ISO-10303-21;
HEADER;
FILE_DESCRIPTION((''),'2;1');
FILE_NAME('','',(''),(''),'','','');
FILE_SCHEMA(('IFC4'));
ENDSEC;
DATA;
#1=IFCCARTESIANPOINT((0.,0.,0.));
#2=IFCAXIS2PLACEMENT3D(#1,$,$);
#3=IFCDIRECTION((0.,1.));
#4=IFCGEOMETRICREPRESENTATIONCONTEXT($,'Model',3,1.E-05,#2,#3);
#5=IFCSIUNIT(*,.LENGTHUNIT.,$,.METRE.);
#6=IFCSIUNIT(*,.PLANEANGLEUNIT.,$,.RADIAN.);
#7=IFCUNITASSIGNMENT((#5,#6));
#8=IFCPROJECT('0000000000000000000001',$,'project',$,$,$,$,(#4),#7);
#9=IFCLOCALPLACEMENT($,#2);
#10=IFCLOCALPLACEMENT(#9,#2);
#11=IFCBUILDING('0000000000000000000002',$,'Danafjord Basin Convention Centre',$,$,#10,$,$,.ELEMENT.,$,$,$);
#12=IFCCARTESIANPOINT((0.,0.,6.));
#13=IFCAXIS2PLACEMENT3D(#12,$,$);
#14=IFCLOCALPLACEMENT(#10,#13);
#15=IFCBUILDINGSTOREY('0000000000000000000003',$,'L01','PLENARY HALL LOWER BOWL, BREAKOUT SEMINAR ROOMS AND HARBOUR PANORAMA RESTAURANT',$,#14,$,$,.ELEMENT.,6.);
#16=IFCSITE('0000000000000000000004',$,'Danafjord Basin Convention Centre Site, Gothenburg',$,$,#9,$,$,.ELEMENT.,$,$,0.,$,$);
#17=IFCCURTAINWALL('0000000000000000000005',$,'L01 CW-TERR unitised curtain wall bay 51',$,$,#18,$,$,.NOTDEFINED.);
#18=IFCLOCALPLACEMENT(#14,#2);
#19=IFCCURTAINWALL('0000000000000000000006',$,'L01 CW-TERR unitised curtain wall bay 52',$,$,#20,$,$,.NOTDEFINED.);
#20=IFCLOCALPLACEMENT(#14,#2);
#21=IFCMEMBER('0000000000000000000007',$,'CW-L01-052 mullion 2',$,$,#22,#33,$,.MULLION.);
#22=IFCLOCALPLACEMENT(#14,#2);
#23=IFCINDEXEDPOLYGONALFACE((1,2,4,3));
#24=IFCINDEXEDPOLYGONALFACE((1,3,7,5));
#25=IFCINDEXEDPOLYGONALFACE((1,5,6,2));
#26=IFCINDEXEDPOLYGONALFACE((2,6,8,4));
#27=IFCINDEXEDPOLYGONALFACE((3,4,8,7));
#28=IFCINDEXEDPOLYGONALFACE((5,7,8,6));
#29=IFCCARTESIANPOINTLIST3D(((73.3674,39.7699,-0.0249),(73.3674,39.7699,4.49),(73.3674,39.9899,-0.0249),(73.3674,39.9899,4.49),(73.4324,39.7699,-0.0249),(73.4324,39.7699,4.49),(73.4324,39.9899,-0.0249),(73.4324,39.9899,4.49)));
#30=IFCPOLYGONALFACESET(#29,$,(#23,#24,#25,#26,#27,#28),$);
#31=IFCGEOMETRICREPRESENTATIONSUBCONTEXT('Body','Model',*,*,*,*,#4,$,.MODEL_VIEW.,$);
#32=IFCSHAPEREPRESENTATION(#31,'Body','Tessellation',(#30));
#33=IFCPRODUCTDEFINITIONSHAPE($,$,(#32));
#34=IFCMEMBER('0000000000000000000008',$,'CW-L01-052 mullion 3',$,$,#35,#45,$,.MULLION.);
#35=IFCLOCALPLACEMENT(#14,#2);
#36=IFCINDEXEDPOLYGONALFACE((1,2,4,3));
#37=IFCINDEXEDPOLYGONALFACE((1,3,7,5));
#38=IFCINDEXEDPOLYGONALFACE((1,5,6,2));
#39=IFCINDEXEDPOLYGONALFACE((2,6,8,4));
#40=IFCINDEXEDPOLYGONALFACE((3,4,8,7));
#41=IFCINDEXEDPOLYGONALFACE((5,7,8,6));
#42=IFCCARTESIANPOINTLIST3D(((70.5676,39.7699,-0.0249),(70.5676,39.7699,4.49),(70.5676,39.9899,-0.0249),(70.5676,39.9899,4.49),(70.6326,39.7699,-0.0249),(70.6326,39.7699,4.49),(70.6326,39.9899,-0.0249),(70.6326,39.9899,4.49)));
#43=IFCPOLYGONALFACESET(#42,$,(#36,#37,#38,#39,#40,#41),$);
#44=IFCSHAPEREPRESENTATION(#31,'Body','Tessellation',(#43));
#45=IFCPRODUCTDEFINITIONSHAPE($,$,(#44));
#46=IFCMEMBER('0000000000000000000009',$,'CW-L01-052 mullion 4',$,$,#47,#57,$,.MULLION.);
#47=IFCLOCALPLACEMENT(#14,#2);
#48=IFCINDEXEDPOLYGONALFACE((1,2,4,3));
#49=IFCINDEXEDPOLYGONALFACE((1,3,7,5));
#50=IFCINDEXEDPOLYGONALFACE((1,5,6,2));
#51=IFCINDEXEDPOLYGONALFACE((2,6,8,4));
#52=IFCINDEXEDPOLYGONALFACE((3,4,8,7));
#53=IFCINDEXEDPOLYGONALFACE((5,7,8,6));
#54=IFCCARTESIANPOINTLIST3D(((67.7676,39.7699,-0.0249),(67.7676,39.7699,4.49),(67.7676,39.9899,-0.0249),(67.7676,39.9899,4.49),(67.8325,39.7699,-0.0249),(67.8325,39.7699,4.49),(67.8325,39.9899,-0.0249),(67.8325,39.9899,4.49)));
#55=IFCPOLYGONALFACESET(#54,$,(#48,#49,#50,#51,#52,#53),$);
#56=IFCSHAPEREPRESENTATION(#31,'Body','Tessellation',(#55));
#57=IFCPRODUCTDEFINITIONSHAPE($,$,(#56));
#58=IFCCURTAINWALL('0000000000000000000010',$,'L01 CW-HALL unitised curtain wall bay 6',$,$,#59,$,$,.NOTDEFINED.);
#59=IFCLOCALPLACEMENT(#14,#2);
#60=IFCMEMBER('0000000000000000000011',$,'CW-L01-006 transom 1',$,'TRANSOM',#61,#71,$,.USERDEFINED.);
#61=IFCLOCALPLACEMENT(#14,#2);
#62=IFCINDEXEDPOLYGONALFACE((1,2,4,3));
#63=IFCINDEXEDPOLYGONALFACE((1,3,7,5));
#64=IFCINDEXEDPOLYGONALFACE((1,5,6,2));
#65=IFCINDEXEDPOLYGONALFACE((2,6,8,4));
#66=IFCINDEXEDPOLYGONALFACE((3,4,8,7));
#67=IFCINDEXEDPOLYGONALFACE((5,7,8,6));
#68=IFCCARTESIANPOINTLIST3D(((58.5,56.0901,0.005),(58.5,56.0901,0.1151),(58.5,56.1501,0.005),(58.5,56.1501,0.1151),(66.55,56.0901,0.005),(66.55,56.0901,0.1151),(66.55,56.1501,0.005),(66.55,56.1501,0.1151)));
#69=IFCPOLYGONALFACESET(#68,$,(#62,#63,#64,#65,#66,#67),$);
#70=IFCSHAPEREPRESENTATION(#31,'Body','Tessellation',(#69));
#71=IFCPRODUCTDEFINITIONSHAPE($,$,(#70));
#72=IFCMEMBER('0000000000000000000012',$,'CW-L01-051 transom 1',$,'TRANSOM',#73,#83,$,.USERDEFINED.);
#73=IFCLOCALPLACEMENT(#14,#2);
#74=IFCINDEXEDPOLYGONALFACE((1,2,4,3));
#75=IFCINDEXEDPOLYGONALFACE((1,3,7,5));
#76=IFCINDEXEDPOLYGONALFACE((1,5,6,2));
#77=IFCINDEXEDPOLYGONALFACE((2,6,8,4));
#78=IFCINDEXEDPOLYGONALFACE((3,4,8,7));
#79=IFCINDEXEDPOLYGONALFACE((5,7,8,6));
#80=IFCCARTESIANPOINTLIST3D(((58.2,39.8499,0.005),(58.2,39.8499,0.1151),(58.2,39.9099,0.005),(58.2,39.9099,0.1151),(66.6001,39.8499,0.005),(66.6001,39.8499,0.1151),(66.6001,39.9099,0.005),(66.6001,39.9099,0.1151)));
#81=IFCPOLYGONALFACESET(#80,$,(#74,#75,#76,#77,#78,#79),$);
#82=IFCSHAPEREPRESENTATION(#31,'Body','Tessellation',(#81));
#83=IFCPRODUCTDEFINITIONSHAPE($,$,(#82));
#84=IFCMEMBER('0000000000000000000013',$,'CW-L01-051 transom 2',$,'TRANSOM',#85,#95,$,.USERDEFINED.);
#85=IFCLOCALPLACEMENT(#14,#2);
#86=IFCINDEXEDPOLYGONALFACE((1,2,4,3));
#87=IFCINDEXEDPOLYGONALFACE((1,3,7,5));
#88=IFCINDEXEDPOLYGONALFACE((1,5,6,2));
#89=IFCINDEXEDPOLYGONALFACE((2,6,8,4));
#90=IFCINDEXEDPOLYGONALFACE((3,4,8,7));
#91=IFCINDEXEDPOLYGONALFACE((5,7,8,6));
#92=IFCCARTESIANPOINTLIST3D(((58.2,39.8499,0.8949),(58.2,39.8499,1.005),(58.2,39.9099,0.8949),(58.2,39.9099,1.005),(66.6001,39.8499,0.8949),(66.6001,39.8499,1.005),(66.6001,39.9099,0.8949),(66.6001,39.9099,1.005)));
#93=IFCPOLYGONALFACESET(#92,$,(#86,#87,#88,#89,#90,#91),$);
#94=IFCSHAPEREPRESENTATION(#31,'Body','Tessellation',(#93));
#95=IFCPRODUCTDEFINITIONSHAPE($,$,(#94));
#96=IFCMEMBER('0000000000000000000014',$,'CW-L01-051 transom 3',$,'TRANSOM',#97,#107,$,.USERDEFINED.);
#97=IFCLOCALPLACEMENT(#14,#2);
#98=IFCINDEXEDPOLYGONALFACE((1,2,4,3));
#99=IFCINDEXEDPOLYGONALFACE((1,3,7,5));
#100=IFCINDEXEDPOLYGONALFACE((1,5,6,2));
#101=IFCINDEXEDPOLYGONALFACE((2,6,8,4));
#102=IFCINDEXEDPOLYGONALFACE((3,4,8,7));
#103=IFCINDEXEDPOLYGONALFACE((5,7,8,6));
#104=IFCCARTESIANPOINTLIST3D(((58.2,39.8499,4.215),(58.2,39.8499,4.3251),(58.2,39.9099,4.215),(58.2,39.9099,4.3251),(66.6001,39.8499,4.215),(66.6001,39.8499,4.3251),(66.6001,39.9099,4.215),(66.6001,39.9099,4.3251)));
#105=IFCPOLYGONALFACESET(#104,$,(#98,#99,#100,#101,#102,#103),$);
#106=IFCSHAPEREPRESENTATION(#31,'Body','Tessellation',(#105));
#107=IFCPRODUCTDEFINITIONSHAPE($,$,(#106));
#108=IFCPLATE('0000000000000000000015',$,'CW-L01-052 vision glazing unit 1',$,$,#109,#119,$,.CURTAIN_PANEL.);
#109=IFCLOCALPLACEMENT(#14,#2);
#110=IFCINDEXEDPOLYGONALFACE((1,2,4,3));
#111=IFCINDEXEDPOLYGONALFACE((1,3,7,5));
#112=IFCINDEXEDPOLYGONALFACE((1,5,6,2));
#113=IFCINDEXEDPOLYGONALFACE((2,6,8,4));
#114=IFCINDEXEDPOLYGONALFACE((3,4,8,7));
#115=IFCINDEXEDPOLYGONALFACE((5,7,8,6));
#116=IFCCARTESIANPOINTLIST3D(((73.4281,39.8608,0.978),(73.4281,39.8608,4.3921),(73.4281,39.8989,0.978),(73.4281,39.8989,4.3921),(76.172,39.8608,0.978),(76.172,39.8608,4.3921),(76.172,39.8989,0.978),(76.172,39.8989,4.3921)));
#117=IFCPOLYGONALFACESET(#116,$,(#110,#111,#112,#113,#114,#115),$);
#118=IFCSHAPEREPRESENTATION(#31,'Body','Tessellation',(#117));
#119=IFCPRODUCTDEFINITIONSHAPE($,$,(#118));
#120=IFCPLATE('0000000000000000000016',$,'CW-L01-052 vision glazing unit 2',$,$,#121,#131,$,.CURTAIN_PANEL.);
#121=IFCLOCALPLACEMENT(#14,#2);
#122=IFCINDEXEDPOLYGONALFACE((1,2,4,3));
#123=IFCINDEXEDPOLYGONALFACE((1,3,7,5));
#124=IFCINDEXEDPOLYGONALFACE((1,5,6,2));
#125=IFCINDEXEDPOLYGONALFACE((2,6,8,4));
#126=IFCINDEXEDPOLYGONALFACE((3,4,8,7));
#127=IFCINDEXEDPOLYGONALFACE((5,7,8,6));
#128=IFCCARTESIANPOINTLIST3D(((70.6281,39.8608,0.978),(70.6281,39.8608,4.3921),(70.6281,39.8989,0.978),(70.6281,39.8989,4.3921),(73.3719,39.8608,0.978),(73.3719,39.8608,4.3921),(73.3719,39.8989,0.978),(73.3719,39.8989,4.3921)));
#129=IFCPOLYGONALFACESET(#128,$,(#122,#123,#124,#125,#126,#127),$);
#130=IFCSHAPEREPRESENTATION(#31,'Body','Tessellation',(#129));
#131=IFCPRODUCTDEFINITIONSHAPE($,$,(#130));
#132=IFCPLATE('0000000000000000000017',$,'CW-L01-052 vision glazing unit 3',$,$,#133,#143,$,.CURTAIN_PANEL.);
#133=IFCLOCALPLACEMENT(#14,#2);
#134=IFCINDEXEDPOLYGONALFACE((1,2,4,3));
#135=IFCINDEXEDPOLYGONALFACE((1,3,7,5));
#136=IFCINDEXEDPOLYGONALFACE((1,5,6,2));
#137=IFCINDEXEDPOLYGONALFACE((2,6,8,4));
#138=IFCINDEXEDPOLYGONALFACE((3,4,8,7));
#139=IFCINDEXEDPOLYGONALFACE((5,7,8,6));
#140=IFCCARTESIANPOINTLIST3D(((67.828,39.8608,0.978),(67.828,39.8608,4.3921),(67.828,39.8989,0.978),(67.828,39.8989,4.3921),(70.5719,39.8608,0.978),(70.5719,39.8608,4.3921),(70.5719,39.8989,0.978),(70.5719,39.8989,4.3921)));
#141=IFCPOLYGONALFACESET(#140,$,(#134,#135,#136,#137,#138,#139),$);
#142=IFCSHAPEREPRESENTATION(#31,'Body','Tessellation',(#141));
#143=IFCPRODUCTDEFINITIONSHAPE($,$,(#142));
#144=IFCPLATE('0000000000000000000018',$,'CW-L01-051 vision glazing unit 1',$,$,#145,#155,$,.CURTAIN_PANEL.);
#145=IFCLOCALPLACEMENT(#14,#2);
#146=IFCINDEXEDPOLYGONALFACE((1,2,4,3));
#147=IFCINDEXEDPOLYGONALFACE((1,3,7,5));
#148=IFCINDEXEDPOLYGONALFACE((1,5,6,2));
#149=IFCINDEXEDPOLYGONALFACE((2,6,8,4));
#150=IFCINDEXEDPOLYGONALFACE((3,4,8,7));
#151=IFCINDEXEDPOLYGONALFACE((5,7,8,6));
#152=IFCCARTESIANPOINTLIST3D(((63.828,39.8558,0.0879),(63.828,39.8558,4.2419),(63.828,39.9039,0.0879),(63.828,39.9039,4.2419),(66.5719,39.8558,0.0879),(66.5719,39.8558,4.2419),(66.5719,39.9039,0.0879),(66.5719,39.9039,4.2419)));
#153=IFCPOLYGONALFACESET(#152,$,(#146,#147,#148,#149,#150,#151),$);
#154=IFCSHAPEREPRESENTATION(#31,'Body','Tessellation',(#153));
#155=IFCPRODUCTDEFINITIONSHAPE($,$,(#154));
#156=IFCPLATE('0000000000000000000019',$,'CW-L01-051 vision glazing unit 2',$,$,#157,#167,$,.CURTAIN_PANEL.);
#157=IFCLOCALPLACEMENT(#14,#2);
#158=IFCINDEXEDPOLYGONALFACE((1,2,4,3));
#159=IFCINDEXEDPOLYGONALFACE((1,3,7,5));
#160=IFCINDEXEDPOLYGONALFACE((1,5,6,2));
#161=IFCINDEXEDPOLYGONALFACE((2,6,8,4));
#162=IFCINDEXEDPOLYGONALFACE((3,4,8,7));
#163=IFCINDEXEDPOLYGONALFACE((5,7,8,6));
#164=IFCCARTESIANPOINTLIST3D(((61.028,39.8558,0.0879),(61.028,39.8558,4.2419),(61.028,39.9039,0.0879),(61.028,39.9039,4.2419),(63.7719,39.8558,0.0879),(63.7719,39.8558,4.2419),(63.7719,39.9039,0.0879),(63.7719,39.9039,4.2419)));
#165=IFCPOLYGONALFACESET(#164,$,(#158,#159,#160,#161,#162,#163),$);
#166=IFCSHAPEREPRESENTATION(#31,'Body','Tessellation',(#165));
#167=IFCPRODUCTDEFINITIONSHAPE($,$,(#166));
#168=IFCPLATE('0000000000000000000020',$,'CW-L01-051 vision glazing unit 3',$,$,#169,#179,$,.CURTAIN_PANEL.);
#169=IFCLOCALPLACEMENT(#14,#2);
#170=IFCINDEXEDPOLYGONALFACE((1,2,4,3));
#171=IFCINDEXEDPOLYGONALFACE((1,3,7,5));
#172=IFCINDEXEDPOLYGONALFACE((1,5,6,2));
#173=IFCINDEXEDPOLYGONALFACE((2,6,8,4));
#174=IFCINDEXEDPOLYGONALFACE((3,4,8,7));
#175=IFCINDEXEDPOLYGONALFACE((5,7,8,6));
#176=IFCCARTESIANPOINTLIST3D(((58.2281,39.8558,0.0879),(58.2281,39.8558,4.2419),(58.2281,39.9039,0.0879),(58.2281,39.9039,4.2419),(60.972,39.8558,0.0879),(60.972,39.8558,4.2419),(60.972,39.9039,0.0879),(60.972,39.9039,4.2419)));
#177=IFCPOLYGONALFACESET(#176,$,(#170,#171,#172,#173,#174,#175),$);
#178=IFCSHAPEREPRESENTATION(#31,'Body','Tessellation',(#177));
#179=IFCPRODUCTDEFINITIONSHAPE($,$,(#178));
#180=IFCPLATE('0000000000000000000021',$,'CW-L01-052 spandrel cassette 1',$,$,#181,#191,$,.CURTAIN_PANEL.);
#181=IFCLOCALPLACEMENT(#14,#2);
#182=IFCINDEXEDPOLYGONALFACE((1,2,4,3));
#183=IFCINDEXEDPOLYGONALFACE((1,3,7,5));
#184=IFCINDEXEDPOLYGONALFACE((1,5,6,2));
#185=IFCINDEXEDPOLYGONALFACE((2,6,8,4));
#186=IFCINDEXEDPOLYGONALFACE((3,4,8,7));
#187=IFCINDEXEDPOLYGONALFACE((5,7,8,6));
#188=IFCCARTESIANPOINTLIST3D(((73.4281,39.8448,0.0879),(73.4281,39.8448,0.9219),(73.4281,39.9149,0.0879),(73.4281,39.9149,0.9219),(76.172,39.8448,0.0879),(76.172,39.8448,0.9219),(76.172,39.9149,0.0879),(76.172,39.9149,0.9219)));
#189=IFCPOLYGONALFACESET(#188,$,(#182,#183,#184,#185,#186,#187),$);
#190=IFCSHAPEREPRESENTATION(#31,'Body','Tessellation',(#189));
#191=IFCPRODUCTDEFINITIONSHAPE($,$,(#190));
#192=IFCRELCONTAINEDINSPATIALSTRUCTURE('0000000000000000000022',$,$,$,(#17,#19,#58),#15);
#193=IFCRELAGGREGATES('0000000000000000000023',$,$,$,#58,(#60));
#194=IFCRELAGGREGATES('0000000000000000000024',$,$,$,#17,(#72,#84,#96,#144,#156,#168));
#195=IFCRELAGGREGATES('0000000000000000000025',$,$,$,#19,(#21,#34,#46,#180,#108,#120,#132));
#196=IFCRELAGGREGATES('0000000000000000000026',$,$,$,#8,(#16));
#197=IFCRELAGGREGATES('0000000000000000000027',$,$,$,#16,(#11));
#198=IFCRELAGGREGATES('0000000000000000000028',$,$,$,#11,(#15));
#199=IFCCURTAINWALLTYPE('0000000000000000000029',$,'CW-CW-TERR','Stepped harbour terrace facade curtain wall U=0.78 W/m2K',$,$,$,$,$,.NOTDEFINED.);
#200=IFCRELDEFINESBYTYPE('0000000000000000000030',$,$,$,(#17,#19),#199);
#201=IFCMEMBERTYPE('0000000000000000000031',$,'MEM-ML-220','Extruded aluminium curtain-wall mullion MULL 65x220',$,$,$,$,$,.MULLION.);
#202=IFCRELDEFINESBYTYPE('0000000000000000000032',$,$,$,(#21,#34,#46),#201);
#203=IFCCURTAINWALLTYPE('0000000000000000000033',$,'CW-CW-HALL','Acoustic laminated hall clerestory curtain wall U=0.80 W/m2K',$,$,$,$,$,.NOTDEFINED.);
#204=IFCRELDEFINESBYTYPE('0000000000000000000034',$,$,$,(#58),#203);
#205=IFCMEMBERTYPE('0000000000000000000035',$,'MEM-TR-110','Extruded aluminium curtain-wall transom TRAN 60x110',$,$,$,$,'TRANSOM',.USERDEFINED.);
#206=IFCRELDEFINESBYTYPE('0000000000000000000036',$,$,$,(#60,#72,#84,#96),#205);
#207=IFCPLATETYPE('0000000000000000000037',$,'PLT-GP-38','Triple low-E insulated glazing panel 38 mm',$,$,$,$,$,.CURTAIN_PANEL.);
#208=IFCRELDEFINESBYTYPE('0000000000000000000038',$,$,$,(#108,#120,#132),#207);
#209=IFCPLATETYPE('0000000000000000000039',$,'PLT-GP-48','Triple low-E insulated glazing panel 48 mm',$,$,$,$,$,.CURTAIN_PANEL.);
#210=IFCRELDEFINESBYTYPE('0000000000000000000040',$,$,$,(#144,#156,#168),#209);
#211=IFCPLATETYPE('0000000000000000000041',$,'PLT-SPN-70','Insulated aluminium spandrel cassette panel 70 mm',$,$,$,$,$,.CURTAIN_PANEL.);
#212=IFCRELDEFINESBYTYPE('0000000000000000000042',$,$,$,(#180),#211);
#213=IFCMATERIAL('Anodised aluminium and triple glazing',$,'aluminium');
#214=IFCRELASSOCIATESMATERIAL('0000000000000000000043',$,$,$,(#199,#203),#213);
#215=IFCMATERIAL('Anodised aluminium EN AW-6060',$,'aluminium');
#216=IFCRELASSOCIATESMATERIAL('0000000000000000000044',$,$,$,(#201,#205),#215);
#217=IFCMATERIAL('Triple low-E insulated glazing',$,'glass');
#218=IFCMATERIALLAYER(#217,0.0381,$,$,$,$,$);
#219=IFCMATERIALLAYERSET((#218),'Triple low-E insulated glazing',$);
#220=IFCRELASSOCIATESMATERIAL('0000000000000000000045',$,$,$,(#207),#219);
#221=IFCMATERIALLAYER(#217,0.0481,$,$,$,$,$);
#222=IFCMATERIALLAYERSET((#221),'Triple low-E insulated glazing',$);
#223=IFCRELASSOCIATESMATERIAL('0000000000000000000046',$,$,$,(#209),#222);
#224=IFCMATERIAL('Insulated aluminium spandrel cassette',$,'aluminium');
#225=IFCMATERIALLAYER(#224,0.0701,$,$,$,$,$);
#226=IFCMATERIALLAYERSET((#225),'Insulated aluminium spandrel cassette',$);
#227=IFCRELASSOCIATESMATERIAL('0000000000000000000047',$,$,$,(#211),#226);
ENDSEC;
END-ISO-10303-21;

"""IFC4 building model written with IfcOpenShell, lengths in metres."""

from ifc_helpers import new_model, si_unit, direction, frame, origin, origin_2d, place, context, subcontext, project, spatial, rectangle, extrude, material, layer, layer_set, material_profile, profile_set, type_object, element, aggregate, save


model = new_model("IFC4")

# Units and contexts
model_context = context("Model", 3, precision=1e-05, world=origin(), true_north=direction((0.0, 1.0)))
body_context = subcontext(model_context, "Body", "Model", "MODEL_VIEW")
ifc_project = project(units=[si_unit("LENGTHUNIT", "METRE"), si_unit("PLANEANGLEUNIT", "RADIAN")], contexts=[model_context])

# Site, building, storey
site_placement = place(None, origin())
site = spatial("IfcSite", under=ifc_project, at=site_placement, Name="Danafjord Basin Convention Centre Site, Gothenburg", CompositionType="ELEMENT", RefElevation=0.0)
building_placement = place(site_placement, origin())
building = spatial("IfcBuilding", under=site, at=building_placement, Name="Danafjord Basin Convention Centre", CompositionType="ELEMENT")
storey_placement = place(building_placement, frame((0.0, 0.0, 6.0)))
storey = spatial("IfcBuildingStorey", under=building, at=storey_placement, Name="L01", Description="PLENARY HALL LOWER BOWL, BREAKOUT SEMINAR ROOMS AND HARBOUR PANORAMA RESTAURANT", CompositionType="ELEMENT", Elevation=6.0)

# Curtain walls, members
ifc_material_1 = material(Name="Anodised aluminium and triple glazing", Category="aluminium")
curtain_wall_type_1 = type_object("IfcCurtainWallType", Name="CW-CW-TERR", Description="Stepped harbour terrace facade curtain wall U=0.78 W/m2K", PredefinedType="NOTDEFINED", material=ifc_material_1)
curtain_wall_1_placement = place(storey_placement, origin())
curtain_wall_1 = element("IfcCurtainWall", 1, at=curtain_wall_1_placement, inside=storey, type_object=curtain_wall_type_1, Name="L01 CW-TERR unitised curtain wall bay 51", PredefinedType="NOTDEFINED")
ifc_material_2 = material(Name="Anodised aluminium EN AW-6060", Category="aluminium")
curtain_wall_2_placement = place(storey_placement, origin())
curtain_wall_2 = element("IfcCurtainWall", 2, at=curtain_wall_2_placement, inside=storey, type_object=curtain_wall_type_1, Name="L01 CW-TERR unitised curtain wall bay 52", PredefinedType="NOTDEFINED")
ifc_material_profile_1 = material_profile(ifc_material_2, rectangle(XDim=0.0649, YDim=0.22, at=origin_2d()), Name="MULL 65x220")
ifc_profile_set_1 = profile_set([ifc_material_profile_1], Name="Anodised aluminium EN AW-6060")
member_type_1 = type_object("IfcMemberType", Name="MEM-ML-220", Description="Extruded aluminium curtain-wall mullion MULL 65x220", PredefinedType="MULLION", material=ifc_profile_set_1)
member_1_placement = place(storey_placement, frame((73.3999, 39.8799, -0.0249), z_axis=(0.0, 0.0, 1.0), x_axis=(-1.0, 0.0, 0.0)))
member_1 = element("IfcMember", 3, at=member_1_placement, type_object=member_type_1, Name="CW-L01-052 mullion 2", PredefinedType="MULLION", context=body_context, shape_type="SweptSolid", body=[
    extrude(rectangle(XDim=0.0649, YDim=0.22, at=origin_2d()), origin(), (0.0, 0.0, 1.0), 4.5149),
])
member_2_placement = place(storey_placement, frame((70.6001, 39.8799, -0.0249), z_axis=(0.0, 0.0, 1.0), x_axis=(-1.0, 0.0, 0.0)))
member_2 = element("IfcMember", 4, at=member_2_placement, type_object=member_type_1, Name="CW-L01-052 mullion 3", PredefinedType="MULLION", context=body_context, shape_type="SweptSolid", body=[
    extrude(rectangle(XDim=0.0649, YDim=0.22, at=origin_2d()), origin(), (0.0, 0.0, 1.0), 4.5149),
])
member_3_placement = place(storey_placement, frame((67.8, 39.8799, -0.0249), z_axis=(0.0, 0.0, 1.0), x_axis=(-1.0, 0.0, 0.0)))
member_3 = element("IfcMember", 5, at=member_3_placement, type_object=member_type_1, Name="CW-L01-052 mullion 4", PredefinedType="MULLION", context=body_context, shape_type="SweptSolid", body=[
    extrude(rectangle(XDim=0.0649, YDim=0.22, at=origin_2d()), origin(), (0.0, 0.0, 1.0), 4.5149),
])

# Curtain wall, member
curtain_wall_type_2 = type_object("IfcCurtainWallType", Name="CW-CW-HALL", Description="Acoustic laminated hall clerestory curtain wall U=0.80 W/m2K", PredefinedType="NOTDEFINED", material=ifc_material_1)
curtain_wall_3_placement = place(storey_placement, origin())
curtain_wall_3 = element("IfcCurtainWall", 6, at=curtain_wall_3_placement, inside=storey, type_object=curtain_wall_type_2, Name="L01 CW-HALL unitised curtain wall bay 6", PredefinedType="NOTDEFINED")
ifc_material_profile_2 = material_profile(ifc_material_2, rectangle(XDim=0.0601, YDim=0.1101, at=origin_2d()), Name="TRAN 60x110")
ifc_profile_set_2 = profile_set([ifc_material_profile_2], Name="Anodised aluminium EN AW-6060")
member_type_2 = type_object("IfcMemberType", Name="MEM-TR-110", Description="Extruded aluminium curtain-wall transom TRAN 60x110", ElementType="TRANSOM", PredefinedType="USERDEFINED", material=ifc_profile_set_2)
member_4_placement = place(storey_placement, frame((58.5, 56.1201, 0.0601), z_axis=(1.0, 0.0, 0.0), x_axis=(0.0, 1.0, 0.0)))
member_4 = element("IfcMember", 7, at=member_4_placement, type_object=member_type_2, Name="CW-L01-006 transom 1", ObjectType="TRANSOM", PredefinedType="USERDEFINED", context=body_context, shape_type="SweptSolid", body=[
    extrude(rectangle(XDim=0.0601, YDim=0.1101, at=origin_2d()), origin(), (0.0, 0.0, 1.0), 8.05),
])
aggregate(curtain_wall_3, [member_4])

# Members
member_5_placement = place(storey_placement, frame((66.6001, 39.8799, 0.0601), z_axis=(-1.0, 0.0, 0.0), x_axis=(0.0, -1.0, 0.0)))
member_5 = element("IfcMember", 8, at=member_5_placement, type_object=member_type_2, Name="CW-L01-051 transom 1", ObjectType="TRANSOM", PredefinedType="USERDEFINED", context=body_context, shape_type="SweptSolid", body=[
    extrude(rectangle(XDim=0.0601, YDim=0.1101, at=origin_2d()), origin(), (0.0, 0.0, 1.0), 8.4001),
])
member_6_placement = place(storey_placement, frame((66.6001, 39.8799, 0.95), z_axis=(-1.0, 0.0, 0.0), x_axis=(0.0, -1.0, 0.0)))
member_6 = element("IfcMember", 9, at=member_6_placement, type_object=member_type_2, Name="CW-L01-051 transom 2", ObjectType="TRANSOM", PredefinedType="USERDEFINED", context=body_context, shape_type="SweptSolid", body=[
    extrude(rectangle(XDim=0.0601, YDim=0.1101, at=origin_2d()), origin(), (0.0, 0.0, 1.0), 8.4001),
])
member_7_placement = place(storey_placement, frame((66.6001, 39.8799, 4.27), z_axis=(-1.0, 0.0, 0.0), x_axis=(0.0, -1.0, 0.0)))
member_7 = element("IfcMember", 10, at=member_7_placement, type_object=member_type_2, Name="CW-L01-051 transom 3", ObjectType="TRANSOM", PredefinedType="USERDEFINED", context=body_context, shape_type="SweptSolid", body=[
    extrude(rectangle(XDim=0.0601, YDim=0.1101, at=origin_2d()), origin(), (0.0, 0.0, 1.0), 8.4001),
])

# Plates
ifc_material_3 = material(Name="Triple low-E insulated glazing", Category="glass")
ifc_layer_1 = layer(ifc_material_3, 0.0381)
ifc_layer_set_1 = layer_set([ifc_layer_1], Name="Triple low-E insulated glazing")
plate_type_1 = type_object("IfcPlateType", Name="PLT-GP-38", Description="Triple low-E insulated glazing panel 38 mm", PredefinedType="CURTAIN_PANEL", material=ifc_layer_set_1)
plate_1_placement = place(storey_placement, frame((74.8, 39.8799, 0.978), z_axis=(0.0, 0.0, 1.0), x_axis=(-1.0, 0.0, 0.0)))
plate_1 = element("IfcPlate", 11, at=plate_1_placement, type_object=plate_type_1, Name="CW-L01-052 vision glazing unit 1", PredefinedType="CURTAIN_PANEL", context=body_context, shape_type="SweptSolid", body=[
    extrude(rectangle(XDim=2.7439, YDim=0.0381, at=origin_2d()), origin(), (0.0, 0.0, 1.0), 3.4141),
])
plate_2_placement = place(storey_placement, frame((72.0, 39.8799, 0.978), z_axis=(0.0, 0.0, 1.0), x_axis=(-1.0, 0.0, 0.0)))
plate_2 = element("IfcPlate", 12, at=plate_2_placement, type_object=plate_type_1, Name="CW-L01-052 vision glazing unit 2", PredefinedType="CURTAIN_PANEL", context=body_context, shape_type="SweptSolid", body=[
    extrude(rectangle(XDim=2.7439, YDim=0.0381, at=origin_2d()), origin(), (0.0, 0.0, 1.0), 3.4141),
])
plate_3_placement = place(storey_placement, frame((69.2, 39.8799, 0.978), z_axis=(0.0, 0.0, 1.0), x_axis=(-1.0, 0.0, 0.0)))
plate_3 = element("IfcPlate", 13, at=plate_3_placement, type_object=plate_type_1, Name="CW-L01-052 vision glazing unit 3", PredefinedType="CURTAIN_PANEL", context=body_context, shape_type="SweptSolid", body=[
    extrude(rectangle(XDim=2.7439, YDim=0.0381, at=origin_2d()), origin(), (0.0, 0.0, 1.0), 3.4141),
])
ifc_layer_2 = layer(ifc_material_3, 0.0481)
ifc_layer_set_2 = layer_set([ifc_layer_2], Name="Triple low-E insulated glazing")
plate_type_2 = type_object("IfcPlateType", Name="PLT-GP-48", Description="Triple low-E insulated glazing panel 48 mm", PredefinedType="CURTAIN_PANEL", material=ifc_layer_set_2)
plate_4_placement = place(storey_placement, frame((65.2, 39.8799, 0.0879), z_axis=(0.0, 0.0, 1.0), x_axis=(-1.0, 0.0, 0.0)))
plate_4 = element("IfcPlate", 14, at=plate_4_placement, type_object=plate_type_2, Name="CW-L01-051 vision glazing unit 1", PredefinedType="CURTAIN_PANEL", context=body_context, shape_type="SweptSolid", body=[
    extrude(rectangle(XDim=2.7439, YDim=0.0481, at=origin_2d()), origin(), (0.0, 0.0, 1.0), 4.1541),
])
plate_5_placement = place(storey_placement, frame((62.3999, 39.8799, 0.0879), z_axis=(0.0, 0.0, 1.0), x_axis=(-1.0, 0.0, 0.0)))
plate_5 = element("IfcPlate", 15, at=plate_5_placement, type_object=plate_type_2, Name="CW-L01-051 vision glazing unit 2", PredefinedType="CURTAIN_PANEL", context=body_context, shape_type="SweptSolid", body=[
    extrude(rectangle(XDim=2.7439, YDim=0.0481, at=origin_2d()), origin(), (0.0, 0.0, 1.0), 4.1541),
])
plate_6_placement = place(storey_placement, frame((59.6001, 39.8799, 0.0879), z_axis=(0.0, 0.0, 1.0), x_axis=(-1.0, 0.0, 0.0)))
plate_6 = element("IfcPlate", 16, at=plate_6_placement, type_object=plate_type_2, Name="CW-L01-051 vision glazing unit 3", PredefinedType="CURTAIN_PANEL", context=body_context, shape_type="SweptSolid", body=[
    extrude(rectangle(XDim=2.7439, YDim=0.0481, at=origin_2d()), origin(), (0.0, 0.0, 1.0), 4.1541),
])
aggregate(curtain_wall_1, [member_5, member_6, member_7, plate_4, plate_5, plate_6])
ifc_material_4 = material(Name="Insulated aluminium spandrel cassette", Category="aluminium")
ifc_layer_3 = layer(ifc_material_4, 0.0701)
ifc_layer_set_3 = layer_set([ifc_layer_3], Name="Insulated aluminium spandrel cassette")
plate_type_3 = type_object("IfcPlateType", Name="PLT-SPN-70", Description="Insulated aluminium spandrel cassette panel 70 mm", PredefinedType="CURTAIN_PANEL", material=ifc_layer_set_3)
plate_7_placement = place(storey_placement, frame((74.8, 39.8799, 0.0879), z_axis=(0.0, 0.0, 1.0), x_axis=(-1.0, 0.0, 0.0)))
plate_7 = element("IfcPlate", 17, at=plate_7_placement, type_object=plate_type_3, Name="CW-L01-052 spandrel cassette 1", PredefinedType="CURTAIN_PANEL", context=body_context, shape_type="SweptSolid", body=[
    extrude(rectangle(XDim=2.7439, YDim=0.0701, at=origin_2d()), origin(), (0.0, 0.0, 1.0), 0.834),
])
aggregate(curtain_wall_2, [member_1, member_2, member_3, plate_7, plate_1, plate_2, plate_3])

save(model, "model.ifc")
